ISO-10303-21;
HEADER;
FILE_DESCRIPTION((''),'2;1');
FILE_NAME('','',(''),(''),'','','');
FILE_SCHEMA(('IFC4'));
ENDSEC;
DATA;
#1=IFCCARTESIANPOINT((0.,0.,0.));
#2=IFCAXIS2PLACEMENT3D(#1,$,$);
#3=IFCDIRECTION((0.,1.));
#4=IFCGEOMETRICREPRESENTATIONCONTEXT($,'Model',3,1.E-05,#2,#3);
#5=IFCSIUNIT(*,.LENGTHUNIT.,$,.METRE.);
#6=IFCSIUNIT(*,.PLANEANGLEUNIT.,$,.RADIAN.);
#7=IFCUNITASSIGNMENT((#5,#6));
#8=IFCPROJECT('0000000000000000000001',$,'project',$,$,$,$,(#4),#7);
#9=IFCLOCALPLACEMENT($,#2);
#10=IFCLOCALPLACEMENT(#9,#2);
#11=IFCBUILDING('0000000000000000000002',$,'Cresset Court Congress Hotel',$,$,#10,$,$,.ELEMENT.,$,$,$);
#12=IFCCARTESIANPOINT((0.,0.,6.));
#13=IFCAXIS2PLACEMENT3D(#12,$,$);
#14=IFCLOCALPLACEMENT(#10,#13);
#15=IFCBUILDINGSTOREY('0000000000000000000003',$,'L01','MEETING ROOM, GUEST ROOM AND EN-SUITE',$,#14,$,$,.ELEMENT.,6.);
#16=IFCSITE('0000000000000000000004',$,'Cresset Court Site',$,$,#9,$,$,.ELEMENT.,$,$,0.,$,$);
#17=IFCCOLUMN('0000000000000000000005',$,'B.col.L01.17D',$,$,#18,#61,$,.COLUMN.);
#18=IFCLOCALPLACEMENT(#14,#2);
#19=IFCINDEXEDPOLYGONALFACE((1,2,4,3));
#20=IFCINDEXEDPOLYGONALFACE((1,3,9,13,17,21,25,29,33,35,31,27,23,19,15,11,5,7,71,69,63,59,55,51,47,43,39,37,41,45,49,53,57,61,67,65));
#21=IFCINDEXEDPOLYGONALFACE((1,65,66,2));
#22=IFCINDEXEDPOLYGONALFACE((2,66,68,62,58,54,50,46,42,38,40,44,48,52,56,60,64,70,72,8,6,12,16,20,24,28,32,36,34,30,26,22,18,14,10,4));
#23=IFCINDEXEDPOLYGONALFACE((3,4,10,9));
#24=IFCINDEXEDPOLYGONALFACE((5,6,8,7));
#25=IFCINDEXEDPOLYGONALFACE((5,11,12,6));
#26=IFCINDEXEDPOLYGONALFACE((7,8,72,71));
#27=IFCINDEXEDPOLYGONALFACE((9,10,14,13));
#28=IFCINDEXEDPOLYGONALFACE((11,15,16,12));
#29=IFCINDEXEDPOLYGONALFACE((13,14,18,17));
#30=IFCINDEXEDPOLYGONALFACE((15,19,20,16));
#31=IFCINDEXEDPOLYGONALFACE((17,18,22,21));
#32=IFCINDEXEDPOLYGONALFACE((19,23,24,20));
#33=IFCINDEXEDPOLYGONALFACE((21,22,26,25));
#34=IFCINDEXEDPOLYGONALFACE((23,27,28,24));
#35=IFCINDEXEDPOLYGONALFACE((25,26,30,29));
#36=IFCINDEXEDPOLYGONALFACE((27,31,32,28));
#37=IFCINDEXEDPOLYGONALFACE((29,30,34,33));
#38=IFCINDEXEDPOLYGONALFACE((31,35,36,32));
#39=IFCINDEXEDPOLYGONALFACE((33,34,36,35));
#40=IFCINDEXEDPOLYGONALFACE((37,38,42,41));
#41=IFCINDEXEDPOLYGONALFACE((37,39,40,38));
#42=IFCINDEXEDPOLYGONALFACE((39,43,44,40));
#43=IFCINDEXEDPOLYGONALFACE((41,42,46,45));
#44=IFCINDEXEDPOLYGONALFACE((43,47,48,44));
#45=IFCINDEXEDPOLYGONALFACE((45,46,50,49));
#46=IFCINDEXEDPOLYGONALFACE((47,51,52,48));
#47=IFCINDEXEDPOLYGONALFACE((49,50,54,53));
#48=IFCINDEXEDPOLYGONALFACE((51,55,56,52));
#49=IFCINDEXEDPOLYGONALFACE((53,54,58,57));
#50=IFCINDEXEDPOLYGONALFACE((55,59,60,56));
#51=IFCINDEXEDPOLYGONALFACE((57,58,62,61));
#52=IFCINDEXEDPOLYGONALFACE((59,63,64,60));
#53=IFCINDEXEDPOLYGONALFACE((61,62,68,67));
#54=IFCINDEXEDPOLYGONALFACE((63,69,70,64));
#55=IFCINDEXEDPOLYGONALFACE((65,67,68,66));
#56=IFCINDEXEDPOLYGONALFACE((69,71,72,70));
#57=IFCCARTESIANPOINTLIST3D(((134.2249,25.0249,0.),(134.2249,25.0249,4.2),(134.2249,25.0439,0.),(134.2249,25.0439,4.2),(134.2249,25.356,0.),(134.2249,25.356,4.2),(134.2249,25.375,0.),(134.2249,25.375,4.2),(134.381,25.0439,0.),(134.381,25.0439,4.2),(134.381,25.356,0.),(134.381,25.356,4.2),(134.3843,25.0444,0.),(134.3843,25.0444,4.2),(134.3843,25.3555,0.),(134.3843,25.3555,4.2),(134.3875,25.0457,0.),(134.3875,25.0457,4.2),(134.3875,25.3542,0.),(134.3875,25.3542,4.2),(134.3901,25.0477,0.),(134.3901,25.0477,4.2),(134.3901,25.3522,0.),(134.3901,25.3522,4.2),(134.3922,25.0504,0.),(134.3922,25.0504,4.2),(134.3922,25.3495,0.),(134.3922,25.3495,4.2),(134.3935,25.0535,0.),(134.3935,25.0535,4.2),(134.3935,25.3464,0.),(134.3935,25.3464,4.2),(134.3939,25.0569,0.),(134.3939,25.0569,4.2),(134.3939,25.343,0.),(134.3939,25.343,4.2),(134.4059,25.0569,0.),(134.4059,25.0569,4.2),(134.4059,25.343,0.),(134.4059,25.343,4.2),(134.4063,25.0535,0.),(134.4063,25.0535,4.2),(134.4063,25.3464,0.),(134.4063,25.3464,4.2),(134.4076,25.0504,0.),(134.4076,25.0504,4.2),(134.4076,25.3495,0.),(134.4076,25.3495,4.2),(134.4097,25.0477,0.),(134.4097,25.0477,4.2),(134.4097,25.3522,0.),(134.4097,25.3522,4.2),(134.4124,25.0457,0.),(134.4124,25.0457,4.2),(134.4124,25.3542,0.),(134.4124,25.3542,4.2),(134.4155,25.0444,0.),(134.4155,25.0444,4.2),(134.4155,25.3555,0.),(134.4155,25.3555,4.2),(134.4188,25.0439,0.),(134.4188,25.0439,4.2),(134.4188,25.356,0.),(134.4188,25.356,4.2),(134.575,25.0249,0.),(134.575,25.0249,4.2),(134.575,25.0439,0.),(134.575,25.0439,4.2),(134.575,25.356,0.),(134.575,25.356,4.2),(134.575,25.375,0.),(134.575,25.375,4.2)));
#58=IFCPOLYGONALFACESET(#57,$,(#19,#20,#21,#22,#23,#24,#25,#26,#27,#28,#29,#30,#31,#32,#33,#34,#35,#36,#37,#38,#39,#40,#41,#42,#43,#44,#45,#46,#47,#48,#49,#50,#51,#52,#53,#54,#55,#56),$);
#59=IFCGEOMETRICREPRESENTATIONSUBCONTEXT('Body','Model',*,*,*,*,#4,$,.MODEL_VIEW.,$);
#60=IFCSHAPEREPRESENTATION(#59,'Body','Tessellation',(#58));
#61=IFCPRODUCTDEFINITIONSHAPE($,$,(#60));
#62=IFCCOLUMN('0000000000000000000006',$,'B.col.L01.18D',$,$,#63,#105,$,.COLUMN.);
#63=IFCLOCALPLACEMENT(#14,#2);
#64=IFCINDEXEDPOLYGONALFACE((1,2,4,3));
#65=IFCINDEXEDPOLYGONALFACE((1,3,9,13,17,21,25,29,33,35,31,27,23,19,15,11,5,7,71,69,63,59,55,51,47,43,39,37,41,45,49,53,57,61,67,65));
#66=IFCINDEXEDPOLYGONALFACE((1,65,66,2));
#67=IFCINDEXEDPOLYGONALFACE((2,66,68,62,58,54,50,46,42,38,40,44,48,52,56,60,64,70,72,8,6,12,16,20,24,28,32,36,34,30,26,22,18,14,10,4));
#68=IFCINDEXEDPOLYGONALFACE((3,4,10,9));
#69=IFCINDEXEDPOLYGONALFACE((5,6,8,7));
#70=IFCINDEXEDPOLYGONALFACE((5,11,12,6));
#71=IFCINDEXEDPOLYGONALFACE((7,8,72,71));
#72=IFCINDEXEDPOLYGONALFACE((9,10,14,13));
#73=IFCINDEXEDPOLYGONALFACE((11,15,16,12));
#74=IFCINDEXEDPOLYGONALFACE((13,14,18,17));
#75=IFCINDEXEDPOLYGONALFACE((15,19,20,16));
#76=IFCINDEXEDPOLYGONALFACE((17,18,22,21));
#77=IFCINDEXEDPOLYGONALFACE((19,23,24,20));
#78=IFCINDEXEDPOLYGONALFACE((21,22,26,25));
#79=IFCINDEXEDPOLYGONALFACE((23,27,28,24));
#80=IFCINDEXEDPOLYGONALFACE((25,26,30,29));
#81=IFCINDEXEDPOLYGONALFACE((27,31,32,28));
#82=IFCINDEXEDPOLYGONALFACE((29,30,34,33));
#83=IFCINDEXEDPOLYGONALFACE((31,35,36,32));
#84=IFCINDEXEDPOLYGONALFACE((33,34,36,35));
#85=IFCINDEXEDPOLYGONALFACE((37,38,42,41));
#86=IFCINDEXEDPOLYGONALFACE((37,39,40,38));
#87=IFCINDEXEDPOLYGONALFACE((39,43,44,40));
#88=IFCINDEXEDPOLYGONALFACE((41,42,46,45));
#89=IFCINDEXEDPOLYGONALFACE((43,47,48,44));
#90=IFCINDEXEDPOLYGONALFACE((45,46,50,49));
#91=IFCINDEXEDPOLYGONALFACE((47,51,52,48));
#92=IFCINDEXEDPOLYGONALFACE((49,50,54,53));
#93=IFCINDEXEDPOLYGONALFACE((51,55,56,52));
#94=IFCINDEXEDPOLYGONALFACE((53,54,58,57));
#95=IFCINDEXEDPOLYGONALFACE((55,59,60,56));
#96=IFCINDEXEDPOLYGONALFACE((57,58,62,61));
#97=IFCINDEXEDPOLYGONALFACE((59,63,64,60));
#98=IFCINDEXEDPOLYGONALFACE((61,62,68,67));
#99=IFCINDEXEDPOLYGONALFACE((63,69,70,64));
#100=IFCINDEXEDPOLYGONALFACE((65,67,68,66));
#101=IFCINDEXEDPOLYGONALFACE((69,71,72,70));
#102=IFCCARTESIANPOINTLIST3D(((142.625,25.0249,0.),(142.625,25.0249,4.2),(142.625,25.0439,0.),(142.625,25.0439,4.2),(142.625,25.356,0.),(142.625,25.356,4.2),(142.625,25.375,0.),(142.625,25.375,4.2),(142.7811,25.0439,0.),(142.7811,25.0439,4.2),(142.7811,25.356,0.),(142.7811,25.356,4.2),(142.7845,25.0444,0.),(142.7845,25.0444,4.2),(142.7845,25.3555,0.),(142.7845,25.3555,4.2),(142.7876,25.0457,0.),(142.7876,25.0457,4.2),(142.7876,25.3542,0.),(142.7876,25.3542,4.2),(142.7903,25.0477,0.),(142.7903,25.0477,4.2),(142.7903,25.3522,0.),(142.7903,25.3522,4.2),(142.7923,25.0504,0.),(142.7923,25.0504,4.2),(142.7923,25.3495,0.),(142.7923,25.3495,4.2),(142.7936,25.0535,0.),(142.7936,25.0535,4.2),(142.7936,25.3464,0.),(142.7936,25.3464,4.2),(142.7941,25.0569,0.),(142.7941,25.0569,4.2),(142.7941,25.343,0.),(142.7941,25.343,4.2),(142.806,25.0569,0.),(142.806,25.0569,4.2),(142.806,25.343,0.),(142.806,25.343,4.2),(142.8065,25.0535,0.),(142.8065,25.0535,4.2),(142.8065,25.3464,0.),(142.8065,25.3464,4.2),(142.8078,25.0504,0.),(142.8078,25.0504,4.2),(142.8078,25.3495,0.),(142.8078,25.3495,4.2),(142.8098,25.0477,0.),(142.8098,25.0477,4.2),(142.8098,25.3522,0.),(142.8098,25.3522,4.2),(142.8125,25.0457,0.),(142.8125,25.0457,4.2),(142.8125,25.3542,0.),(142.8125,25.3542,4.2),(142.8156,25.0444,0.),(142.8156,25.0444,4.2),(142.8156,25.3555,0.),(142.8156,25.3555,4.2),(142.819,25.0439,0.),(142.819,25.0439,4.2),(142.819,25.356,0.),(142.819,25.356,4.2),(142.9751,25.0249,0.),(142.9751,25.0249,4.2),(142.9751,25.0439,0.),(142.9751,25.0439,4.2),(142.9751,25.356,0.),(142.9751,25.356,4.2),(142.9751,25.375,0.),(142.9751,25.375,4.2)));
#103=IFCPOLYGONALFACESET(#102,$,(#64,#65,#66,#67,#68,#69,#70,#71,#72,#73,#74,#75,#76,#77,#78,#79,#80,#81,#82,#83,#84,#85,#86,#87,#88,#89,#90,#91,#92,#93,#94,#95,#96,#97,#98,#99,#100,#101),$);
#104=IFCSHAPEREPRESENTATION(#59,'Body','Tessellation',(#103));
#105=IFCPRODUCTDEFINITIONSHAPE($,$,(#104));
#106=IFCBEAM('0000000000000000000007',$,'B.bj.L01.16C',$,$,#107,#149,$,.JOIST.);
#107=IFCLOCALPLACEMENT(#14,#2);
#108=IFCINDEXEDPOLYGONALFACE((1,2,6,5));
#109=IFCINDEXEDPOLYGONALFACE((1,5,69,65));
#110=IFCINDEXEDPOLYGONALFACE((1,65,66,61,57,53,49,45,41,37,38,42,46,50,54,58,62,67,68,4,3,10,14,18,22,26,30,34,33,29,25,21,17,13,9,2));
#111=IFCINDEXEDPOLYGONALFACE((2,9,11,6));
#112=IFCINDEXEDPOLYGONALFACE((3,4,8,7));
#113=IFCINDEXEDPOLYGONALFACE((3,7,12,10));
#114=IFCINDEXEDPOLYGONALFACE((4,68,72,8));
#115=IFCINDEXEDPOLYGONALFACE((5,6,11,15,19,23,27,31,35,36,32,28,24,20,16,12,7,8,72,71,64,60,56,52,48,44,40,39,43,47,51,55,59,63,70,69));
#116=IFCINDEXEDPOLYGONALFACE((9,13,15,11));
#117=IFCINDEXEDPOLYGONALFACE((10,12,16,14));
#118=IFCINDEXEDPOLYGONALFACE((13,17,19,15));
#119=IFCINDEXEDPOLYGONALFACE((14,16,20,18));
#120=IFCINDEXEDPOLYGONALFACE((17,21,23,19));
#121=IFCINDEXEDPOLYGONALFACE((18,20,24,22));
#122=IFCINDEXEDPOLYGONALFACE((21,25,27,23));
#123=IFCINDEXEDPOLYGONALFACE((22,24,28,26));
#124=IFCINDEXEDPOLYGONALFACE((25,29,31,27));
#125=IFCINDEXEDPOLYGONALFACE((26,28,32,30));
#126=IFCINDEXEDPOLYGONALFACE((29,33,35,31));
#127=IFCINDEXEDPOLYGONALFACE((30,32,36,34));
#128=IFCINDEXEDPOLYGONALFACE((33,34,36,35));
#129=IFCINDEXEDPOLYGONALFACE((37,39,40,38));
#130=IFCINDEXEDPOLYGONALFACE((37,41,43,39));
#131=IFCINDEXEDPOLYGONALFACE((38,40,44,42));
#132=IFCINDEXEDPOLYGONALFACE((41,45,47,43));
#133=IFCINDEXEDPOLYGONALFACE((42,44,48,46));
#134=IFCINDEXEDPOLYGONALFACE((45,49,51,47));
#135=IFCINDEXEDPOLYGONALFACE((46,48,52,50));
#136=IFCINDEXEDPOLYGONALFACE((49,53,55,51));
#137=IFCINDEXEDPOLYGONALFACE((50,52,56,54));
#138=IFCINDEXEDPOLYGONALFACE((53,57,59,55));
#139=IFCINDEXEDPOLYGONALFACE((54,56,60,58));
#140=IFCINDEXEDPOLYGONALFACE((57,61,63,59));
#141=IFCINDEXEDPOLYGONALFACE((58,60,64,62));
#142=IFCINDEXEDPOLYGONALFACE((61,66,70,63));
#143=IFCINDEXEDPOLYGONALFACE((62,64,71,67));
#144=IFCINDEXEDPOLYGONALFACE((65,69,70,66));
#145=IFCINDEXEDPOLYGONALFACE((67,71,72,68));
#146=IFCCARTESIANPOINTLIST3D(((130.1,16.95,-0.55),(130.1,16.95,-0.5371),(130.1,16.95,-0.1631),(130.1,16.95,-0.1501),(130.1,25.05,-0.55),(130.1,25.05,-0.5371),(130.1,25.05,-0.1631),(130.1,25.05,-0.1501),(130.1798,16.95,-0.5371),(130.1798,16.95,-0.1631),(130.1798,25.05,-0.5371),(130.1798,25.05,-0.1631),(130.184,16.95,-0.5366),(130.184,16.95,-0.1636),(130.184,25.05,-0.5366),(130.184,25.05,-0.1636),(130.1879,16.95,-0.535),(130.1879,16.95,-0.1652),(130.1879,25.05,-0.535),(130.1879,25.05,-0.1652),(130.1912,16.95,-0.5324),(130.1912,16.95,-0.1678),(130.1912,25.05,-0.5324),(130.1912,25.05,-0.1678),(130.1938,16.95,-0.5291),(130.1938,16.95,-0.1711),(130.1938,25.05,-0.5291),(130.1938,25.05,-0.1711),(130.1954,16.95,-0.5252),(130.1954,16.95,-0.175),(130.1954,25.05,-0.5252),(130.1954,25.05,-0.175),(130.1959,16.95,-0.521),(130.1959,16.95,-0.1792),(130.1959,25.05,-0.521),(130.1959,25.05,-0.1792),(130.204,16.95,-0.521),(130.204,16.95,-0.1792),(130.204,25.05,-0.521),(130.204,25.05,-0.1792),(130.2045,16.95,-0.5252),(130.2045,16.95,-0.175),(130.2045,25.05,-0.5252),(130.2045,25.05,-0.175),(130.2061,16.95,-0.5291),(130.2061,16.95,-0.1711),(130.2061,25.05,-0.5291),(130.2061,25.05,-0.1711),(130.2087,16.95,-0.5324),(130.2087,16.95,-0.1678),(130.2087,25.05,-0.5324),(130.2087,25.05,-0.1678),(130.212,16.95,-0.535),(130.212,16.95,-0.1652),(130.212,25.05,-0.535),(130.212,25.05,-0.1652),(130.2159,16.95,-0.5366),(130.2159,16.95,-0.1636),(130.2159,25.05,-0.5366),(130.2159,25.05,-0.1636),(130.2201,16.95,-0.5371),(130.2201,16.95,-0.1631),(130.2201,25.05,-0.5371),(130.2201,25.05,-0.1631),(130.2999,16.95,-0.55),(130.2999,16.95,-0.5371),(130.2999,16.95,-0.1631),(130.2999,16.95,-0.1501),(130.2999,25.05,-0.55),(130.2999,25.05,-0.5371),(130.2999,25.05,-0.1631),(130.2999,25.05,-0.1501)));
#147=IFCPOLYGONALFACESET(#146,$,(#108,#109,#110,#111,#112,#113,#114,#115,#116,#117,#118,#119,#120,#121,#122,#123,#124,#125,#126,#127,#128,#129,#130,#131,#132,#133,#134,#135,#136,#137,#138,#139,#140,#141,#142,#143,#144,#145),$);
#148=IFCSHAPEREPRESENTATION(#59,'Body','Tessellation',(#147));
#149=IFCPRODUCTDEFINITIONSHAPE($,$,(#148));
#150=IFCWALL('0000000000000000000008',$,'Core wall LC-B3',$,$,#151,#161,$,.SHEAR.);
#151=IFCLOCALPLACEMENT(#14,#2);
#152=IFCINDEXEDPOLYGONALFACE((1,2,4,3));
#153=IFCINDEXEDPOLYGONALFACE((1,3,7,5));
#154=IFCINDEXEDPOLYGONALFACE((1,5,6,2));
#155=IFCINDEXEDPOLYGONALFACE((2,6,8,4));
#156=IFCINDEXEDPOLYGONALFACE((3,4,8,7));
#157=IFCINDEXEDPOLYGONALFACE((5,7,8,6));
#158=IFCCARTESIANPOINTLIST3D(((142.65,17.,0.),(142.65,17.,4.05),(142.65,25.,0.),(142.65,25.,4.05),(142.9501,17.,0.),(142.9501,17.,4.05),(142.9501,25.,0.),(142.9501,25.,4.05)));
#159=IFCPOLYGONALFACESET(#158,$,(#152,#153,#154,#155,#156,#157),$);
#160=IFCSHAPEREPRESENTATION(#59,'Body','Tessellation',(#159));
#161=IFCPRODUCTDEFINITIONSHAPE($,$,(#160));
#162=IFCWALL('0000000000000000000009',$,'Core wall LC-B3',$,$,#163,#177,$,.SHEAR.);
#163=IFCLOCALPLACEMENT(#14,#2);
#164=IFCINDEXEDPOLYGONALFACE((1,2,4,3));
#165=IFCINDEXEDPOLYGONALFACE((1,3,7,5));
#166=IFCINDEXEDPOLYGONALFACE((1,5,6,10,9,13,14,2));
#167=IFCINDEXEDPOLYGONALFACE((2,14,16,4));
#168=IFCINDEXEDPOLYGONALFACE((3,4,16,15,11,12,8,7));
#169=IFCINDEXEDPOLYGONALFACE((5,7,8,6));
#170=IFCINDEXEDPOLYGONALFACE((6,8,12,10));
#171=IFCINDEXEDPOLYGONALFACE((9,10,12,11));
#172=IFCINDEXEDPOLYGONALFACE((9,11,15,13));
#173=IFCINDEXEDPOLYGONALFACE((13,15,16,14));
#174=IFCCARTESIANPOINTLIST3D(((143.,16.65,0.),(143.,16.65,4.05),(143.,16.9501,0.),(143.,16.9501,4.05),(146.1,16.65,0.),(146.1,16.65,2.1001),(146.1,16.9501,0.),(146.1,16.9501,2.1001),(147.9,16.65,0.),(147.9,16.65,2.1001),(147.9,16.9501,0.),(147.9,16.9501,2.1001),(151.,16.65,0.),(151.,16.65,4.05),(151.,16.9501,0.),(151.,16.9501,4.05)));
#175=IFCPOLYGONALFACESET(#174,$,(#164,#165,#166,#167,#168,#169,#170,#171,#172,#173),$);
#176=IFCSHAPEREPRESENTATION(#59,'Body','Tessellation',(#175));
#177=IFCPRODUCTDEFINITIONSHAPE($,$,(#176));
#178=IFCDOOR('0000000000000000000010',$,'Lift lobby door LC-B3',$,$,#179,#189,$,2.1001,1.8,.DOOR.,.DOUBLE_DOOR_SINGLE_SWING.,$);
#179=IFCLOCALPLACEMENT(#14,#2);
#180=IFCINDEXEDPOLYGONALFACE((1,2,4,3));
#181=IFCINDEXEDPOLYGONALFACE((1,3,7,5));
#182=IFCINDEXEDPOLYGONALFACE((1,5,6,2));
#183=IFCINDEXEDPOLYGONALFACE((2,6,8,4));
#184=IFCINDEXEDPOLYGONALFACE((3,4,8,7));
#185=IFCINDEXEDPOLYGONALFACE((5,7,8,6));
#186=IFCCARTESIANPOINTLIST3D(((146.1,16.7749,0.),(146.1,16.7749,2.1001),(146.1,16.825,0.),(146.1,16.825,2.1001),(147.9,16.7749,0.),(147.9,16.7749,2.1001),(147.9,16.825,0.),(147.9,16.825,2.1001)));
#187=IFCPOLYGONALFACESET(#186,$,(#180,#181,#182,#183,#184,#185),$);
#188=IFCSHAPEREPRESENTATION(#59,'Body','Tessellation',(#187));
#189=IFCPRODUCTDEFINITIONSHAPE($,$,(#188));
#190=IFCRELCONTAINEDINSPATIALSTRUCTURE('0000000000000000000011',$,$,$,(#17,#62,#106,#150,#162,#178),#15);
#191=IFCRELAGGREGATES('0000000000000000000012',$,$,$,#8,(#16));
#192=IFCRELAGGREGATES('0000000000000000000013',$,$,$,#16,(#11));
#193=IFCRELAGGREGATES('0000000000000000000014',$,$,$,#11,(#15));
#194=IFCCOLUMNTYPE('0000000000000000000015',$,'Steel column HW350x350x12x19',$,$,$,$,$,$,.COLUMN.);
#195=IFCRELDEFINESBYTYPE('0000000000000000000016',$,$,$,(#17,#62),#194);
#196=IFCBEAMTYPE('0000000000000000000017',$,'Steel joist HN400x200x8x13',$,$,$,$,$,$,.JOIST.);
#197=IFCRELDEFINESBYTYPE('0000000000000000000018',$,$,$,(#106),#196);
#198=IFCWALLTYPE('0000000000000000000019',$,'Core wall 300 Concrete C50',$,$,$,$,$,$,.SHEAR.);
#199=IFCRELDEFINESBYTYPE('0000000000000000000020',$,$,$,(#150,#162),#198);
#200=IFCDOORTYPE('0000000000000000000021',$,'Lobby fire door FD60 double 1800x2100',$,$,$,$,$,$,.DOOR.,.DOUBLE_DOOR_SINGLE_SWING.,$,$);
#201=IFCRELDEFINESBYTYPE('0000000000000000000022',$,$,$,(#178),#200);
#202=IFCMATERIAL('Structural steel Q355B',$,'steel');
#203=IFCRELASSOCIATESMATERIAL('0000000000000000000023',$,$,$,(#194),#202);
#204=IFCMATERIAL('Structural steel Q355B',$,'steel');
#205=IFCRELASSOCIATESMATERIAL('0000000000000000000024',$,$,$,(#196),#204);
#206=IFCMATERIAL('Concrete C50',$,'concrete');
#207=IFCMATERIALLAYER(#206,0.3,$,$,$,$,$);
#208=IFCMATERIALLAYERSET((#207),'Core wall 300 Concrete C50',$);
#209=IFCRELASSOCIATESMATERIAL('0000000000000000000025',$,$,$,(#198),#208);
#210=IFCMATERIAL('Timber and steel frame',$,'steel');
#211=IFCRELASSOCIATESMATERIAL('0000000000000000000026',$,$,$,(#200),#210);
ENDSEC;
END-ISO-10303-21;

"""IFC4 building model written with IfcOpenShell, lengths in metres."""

from ifc_helpers import new_model, si_unit, direction, frame, frame_2d, origin, origin_2d, place, context, subcontext, project, spatial, rectangle, i_section, extrude, material, layer, layer_set, material_profile, profile_set, type_object, element, fill, save


model = new_model("IFC4")

# Units and contexts
model_context = context("Model", 3, precision=1e-05, world=origin(), true_north=direction((0.0, 1.0)))
body_context = subcontext(model_context, "Body", "Model", "MODEL_VIEW")
ifc_project = project(units=[si_unit("LENGTHUNIT", "METRE"), si_unit("PLANEANGLEUNIT", "RADIAN")], contexts=[model_context])

# Site, building, storey
site_placement = place(None, origin())
site = spatial("IfcSite", under=ifc_project, at=site_placement, Name="Cresset Court Site", CompositionType="ELEMENT", RefElevation=0.0)
building_placement = place(site_placement, origin())
building = spatial("IfcBuilding", under=site, at=building_placement, Name="Cresset Court Congress Hotel", CompositionType="ELEMENT")
storey_placement = place(building_placement, frame((0.0, 0.0, 6.0)))
storey = spatial("IfcBuildingStorey", under=building, at=storey_placement, Name="L01", Description="MEETING ROOM, GUEST ROOM AND EN-SUITE", CompositionType="ELEMENT", Elevation=6.0)

# Columns
ifc_material_1 = material(Name="Structural steel Q355B", Category="steel")
ifc_material_profile_1 = material_profile(ifc_material_1, i_section(OverallWidth=0.3501, OverallDepth=0.3501, WebThickness=0.012, FlangeThickness=0.019, FilletRadius=0.0129, at=origin_2d()), Name="HW350x350x12x19")
ifc_profile_set_1 = profile_set([ifc_material_profile_1], Name="Structural steel Q355B")
column_type = type_object("IfcColumnType", Name="Steel column HW350x350x12x19", PredefinedType="COLUMN", material=ifc_profile_set_1)
for number, where, z_axis, x_axis, name in (
    (1, (134.3999, 25.2, 0.0), (0.0, 0.0, 1.0), (1.0, 0.0, 0.0), "B.col.L01.17D"),
    (2, (142.8, 25.2, 0.0), (0.0, 0.0, 1.0), (1.0, 0.0, 0.0), "B.col.L01.18D"),
):
    element("IfcColumn", number, at=place(storey_placement, frame(where, z_axis=z_axis, x_axis=x_axis)), inside=storey, type_object=column_type, Name=name, PredefinedType="COLUMN", context=body_context, shape_type="SweptSolid", body=[
        extrude(i_section(OverallWidth=0.3501, OverallDepth=0.3501, WebThickness=0.012, FlangeThickness=0.019, FilletRadius=0.0129, at=origin_2d()), origin(), (0.0, 0.0, 1.0), 4.2),
    ])

# Beam
ifc_material_2 = material(Name="Structural steel Q355B", Category="steel")
ifc_material_profile_2 = material_profile(ifc_material_2, i_section(OverallWidth=0.2, OverallDepth=0.3999, WebThickness=0.0081, FlangeThickness=0.0129, FilletRadius=0.0161, at=origin_2d()), Name="HN400x200x8x13")
ifc_profile_set_2 = profile_set([ifc_material_profile_2], Name="Structural steel Q355B")
beam_type = type_object("IfcBeamType", Name="Steel joist HN400x200x8x13", PredefinedType="JOIST", material=ifc_profile_set_2)
beam_placement = place(storey_placement, frame((130.2, 16.95, -0.3501), z_axis=(0.0, 1.0, 0.0), x_axis=(-1.0, 0.0, 0.0)))
element("IfcBeam", 3, at=beam_placement, inside=storey, type_object=beam_type, Name="B.bj.L01.16C", PredefinedType="JOIST", context=body_context, shape_type="SweptSolid", body=[
    extrude(i_section(OverallWidth=0.2, OverallDepth=0.3999, WebThickness=0.0081, FlangeThickness=0.0129, FilletRadius=0.0161, at=origin_2d()), origin(), (0.0, 0.0, 1.0), 8.1001),
])

# Wall
ifc_material_3 = material(Name="Concrete C50", Category="concrete")
ifc_layer_1 = layer(ifc_material_3, 0.3)
ifc_layer_set_1 = layer_set([ifc_layer_1], Name="Core wall 300 Concrete C50")
wall_type_1 = type_object("IfcWallType", Name="Core wall 300 Concrete C50", PredefinedType="SHEAR", material=ifc_layer_set_1)
wall_1_placement = place(storey_placement, frame((142.8, 17.0, 0.0), z_axis=(0.0, 0.0, 1.0), x_axis=(0.0, 1.0, 0.0)))
element("IfcWall", 4, at=wall_1_placement, inside=storey, type_object=wall_type_1, Name="Core wall LC-B3", PredefinedType="SHEAR", context=body_context, shape_type="SweptSolid", body=[
    extrude(rectangle(XDim=8.0, YDim=0.3, at=frame_2d((4.0, 0.0))), origin(), (0.0, 0.0, 1.0), 4.05),
])

# Wall, opening, door
wall_2_placement = place(storey_placement, frame((143.0, 16.8, 0.0), z_axis=(0.0, 0.0, 1.0), x_axis=(1.0, 0.0, 0.0)))
wall_2 = element("IfcWall", 5, at=wall_2_placement, inside=storey, type_object=wall_type_1, Name="Core wall LC-B3", PredefinedType="SHEAR", context=body_context, shape_type="SweptSolid", body=[
    extrude(rectangle(XDim=8.0, YDim=0.3, at=frame_2d((4.0, 0.0))), origin(), (0.0, 0.0, 1.0), 4.05),
])
opening_1_placement = place(wall_2_placement, frame((3.1001, 0.0, 0.0)))
opening_1 = element("IfcOpeningElement", 6, at=opening_1_placement, cuts=wall_2, PredefinedType="OPENING", context=body_context, shape_type="SweptSolid", body=[
    extrude(rectangle(XDim=1.8, YDim=2.1001, at=frame_2d((0.8999, 1.05))), frame((0.0, 0.1599, 0.0), z_axis=(0.0, -1.0, 0.0), x_axis=(1.0, 0.0, 0.0)), (0.0, 0.0, 1.0), 0.3201),
])
ifc_material_4 = material(Name="Timber and steel frame", Category="steel")
door_type_1 = type_object("IfcDoorType", Name="Lobby fire door FD60 double 1800x2100", OperationType="DOUBLE_DOOR_SINGLE_SWING", PredefinedType="DOOR", material=ifc_material_4)
door_1_placement = place(opening_1_placement, origin())
door_1 = element("IfcDoor", 7, at=door_1_placement, inside=storey, type_object=door_type_1, Name="Lift lobby door LC-B3", OperationType="DOUBLE_DOOR_SINGLE_SWING", OverallHeight=2.1001, OverallWidth=1.8, PredefinedType="DOOR", context=body_context, shape_type="SweptSolid", body=[
    extrude(rectangle(XDim=1.8, YDim=2.1001, at=frame_2d((0.8999, 1.05))), frame((0.0, 0.0249, 0.0), z_axis=(0.0, -1.0, 0.0), x_axis=(1.0, 0.0, 0.0)), (0.0, 0.0, 1.0), 0.05),
])
fill(opening_1, door_1)

save(model, "model.ifc")
